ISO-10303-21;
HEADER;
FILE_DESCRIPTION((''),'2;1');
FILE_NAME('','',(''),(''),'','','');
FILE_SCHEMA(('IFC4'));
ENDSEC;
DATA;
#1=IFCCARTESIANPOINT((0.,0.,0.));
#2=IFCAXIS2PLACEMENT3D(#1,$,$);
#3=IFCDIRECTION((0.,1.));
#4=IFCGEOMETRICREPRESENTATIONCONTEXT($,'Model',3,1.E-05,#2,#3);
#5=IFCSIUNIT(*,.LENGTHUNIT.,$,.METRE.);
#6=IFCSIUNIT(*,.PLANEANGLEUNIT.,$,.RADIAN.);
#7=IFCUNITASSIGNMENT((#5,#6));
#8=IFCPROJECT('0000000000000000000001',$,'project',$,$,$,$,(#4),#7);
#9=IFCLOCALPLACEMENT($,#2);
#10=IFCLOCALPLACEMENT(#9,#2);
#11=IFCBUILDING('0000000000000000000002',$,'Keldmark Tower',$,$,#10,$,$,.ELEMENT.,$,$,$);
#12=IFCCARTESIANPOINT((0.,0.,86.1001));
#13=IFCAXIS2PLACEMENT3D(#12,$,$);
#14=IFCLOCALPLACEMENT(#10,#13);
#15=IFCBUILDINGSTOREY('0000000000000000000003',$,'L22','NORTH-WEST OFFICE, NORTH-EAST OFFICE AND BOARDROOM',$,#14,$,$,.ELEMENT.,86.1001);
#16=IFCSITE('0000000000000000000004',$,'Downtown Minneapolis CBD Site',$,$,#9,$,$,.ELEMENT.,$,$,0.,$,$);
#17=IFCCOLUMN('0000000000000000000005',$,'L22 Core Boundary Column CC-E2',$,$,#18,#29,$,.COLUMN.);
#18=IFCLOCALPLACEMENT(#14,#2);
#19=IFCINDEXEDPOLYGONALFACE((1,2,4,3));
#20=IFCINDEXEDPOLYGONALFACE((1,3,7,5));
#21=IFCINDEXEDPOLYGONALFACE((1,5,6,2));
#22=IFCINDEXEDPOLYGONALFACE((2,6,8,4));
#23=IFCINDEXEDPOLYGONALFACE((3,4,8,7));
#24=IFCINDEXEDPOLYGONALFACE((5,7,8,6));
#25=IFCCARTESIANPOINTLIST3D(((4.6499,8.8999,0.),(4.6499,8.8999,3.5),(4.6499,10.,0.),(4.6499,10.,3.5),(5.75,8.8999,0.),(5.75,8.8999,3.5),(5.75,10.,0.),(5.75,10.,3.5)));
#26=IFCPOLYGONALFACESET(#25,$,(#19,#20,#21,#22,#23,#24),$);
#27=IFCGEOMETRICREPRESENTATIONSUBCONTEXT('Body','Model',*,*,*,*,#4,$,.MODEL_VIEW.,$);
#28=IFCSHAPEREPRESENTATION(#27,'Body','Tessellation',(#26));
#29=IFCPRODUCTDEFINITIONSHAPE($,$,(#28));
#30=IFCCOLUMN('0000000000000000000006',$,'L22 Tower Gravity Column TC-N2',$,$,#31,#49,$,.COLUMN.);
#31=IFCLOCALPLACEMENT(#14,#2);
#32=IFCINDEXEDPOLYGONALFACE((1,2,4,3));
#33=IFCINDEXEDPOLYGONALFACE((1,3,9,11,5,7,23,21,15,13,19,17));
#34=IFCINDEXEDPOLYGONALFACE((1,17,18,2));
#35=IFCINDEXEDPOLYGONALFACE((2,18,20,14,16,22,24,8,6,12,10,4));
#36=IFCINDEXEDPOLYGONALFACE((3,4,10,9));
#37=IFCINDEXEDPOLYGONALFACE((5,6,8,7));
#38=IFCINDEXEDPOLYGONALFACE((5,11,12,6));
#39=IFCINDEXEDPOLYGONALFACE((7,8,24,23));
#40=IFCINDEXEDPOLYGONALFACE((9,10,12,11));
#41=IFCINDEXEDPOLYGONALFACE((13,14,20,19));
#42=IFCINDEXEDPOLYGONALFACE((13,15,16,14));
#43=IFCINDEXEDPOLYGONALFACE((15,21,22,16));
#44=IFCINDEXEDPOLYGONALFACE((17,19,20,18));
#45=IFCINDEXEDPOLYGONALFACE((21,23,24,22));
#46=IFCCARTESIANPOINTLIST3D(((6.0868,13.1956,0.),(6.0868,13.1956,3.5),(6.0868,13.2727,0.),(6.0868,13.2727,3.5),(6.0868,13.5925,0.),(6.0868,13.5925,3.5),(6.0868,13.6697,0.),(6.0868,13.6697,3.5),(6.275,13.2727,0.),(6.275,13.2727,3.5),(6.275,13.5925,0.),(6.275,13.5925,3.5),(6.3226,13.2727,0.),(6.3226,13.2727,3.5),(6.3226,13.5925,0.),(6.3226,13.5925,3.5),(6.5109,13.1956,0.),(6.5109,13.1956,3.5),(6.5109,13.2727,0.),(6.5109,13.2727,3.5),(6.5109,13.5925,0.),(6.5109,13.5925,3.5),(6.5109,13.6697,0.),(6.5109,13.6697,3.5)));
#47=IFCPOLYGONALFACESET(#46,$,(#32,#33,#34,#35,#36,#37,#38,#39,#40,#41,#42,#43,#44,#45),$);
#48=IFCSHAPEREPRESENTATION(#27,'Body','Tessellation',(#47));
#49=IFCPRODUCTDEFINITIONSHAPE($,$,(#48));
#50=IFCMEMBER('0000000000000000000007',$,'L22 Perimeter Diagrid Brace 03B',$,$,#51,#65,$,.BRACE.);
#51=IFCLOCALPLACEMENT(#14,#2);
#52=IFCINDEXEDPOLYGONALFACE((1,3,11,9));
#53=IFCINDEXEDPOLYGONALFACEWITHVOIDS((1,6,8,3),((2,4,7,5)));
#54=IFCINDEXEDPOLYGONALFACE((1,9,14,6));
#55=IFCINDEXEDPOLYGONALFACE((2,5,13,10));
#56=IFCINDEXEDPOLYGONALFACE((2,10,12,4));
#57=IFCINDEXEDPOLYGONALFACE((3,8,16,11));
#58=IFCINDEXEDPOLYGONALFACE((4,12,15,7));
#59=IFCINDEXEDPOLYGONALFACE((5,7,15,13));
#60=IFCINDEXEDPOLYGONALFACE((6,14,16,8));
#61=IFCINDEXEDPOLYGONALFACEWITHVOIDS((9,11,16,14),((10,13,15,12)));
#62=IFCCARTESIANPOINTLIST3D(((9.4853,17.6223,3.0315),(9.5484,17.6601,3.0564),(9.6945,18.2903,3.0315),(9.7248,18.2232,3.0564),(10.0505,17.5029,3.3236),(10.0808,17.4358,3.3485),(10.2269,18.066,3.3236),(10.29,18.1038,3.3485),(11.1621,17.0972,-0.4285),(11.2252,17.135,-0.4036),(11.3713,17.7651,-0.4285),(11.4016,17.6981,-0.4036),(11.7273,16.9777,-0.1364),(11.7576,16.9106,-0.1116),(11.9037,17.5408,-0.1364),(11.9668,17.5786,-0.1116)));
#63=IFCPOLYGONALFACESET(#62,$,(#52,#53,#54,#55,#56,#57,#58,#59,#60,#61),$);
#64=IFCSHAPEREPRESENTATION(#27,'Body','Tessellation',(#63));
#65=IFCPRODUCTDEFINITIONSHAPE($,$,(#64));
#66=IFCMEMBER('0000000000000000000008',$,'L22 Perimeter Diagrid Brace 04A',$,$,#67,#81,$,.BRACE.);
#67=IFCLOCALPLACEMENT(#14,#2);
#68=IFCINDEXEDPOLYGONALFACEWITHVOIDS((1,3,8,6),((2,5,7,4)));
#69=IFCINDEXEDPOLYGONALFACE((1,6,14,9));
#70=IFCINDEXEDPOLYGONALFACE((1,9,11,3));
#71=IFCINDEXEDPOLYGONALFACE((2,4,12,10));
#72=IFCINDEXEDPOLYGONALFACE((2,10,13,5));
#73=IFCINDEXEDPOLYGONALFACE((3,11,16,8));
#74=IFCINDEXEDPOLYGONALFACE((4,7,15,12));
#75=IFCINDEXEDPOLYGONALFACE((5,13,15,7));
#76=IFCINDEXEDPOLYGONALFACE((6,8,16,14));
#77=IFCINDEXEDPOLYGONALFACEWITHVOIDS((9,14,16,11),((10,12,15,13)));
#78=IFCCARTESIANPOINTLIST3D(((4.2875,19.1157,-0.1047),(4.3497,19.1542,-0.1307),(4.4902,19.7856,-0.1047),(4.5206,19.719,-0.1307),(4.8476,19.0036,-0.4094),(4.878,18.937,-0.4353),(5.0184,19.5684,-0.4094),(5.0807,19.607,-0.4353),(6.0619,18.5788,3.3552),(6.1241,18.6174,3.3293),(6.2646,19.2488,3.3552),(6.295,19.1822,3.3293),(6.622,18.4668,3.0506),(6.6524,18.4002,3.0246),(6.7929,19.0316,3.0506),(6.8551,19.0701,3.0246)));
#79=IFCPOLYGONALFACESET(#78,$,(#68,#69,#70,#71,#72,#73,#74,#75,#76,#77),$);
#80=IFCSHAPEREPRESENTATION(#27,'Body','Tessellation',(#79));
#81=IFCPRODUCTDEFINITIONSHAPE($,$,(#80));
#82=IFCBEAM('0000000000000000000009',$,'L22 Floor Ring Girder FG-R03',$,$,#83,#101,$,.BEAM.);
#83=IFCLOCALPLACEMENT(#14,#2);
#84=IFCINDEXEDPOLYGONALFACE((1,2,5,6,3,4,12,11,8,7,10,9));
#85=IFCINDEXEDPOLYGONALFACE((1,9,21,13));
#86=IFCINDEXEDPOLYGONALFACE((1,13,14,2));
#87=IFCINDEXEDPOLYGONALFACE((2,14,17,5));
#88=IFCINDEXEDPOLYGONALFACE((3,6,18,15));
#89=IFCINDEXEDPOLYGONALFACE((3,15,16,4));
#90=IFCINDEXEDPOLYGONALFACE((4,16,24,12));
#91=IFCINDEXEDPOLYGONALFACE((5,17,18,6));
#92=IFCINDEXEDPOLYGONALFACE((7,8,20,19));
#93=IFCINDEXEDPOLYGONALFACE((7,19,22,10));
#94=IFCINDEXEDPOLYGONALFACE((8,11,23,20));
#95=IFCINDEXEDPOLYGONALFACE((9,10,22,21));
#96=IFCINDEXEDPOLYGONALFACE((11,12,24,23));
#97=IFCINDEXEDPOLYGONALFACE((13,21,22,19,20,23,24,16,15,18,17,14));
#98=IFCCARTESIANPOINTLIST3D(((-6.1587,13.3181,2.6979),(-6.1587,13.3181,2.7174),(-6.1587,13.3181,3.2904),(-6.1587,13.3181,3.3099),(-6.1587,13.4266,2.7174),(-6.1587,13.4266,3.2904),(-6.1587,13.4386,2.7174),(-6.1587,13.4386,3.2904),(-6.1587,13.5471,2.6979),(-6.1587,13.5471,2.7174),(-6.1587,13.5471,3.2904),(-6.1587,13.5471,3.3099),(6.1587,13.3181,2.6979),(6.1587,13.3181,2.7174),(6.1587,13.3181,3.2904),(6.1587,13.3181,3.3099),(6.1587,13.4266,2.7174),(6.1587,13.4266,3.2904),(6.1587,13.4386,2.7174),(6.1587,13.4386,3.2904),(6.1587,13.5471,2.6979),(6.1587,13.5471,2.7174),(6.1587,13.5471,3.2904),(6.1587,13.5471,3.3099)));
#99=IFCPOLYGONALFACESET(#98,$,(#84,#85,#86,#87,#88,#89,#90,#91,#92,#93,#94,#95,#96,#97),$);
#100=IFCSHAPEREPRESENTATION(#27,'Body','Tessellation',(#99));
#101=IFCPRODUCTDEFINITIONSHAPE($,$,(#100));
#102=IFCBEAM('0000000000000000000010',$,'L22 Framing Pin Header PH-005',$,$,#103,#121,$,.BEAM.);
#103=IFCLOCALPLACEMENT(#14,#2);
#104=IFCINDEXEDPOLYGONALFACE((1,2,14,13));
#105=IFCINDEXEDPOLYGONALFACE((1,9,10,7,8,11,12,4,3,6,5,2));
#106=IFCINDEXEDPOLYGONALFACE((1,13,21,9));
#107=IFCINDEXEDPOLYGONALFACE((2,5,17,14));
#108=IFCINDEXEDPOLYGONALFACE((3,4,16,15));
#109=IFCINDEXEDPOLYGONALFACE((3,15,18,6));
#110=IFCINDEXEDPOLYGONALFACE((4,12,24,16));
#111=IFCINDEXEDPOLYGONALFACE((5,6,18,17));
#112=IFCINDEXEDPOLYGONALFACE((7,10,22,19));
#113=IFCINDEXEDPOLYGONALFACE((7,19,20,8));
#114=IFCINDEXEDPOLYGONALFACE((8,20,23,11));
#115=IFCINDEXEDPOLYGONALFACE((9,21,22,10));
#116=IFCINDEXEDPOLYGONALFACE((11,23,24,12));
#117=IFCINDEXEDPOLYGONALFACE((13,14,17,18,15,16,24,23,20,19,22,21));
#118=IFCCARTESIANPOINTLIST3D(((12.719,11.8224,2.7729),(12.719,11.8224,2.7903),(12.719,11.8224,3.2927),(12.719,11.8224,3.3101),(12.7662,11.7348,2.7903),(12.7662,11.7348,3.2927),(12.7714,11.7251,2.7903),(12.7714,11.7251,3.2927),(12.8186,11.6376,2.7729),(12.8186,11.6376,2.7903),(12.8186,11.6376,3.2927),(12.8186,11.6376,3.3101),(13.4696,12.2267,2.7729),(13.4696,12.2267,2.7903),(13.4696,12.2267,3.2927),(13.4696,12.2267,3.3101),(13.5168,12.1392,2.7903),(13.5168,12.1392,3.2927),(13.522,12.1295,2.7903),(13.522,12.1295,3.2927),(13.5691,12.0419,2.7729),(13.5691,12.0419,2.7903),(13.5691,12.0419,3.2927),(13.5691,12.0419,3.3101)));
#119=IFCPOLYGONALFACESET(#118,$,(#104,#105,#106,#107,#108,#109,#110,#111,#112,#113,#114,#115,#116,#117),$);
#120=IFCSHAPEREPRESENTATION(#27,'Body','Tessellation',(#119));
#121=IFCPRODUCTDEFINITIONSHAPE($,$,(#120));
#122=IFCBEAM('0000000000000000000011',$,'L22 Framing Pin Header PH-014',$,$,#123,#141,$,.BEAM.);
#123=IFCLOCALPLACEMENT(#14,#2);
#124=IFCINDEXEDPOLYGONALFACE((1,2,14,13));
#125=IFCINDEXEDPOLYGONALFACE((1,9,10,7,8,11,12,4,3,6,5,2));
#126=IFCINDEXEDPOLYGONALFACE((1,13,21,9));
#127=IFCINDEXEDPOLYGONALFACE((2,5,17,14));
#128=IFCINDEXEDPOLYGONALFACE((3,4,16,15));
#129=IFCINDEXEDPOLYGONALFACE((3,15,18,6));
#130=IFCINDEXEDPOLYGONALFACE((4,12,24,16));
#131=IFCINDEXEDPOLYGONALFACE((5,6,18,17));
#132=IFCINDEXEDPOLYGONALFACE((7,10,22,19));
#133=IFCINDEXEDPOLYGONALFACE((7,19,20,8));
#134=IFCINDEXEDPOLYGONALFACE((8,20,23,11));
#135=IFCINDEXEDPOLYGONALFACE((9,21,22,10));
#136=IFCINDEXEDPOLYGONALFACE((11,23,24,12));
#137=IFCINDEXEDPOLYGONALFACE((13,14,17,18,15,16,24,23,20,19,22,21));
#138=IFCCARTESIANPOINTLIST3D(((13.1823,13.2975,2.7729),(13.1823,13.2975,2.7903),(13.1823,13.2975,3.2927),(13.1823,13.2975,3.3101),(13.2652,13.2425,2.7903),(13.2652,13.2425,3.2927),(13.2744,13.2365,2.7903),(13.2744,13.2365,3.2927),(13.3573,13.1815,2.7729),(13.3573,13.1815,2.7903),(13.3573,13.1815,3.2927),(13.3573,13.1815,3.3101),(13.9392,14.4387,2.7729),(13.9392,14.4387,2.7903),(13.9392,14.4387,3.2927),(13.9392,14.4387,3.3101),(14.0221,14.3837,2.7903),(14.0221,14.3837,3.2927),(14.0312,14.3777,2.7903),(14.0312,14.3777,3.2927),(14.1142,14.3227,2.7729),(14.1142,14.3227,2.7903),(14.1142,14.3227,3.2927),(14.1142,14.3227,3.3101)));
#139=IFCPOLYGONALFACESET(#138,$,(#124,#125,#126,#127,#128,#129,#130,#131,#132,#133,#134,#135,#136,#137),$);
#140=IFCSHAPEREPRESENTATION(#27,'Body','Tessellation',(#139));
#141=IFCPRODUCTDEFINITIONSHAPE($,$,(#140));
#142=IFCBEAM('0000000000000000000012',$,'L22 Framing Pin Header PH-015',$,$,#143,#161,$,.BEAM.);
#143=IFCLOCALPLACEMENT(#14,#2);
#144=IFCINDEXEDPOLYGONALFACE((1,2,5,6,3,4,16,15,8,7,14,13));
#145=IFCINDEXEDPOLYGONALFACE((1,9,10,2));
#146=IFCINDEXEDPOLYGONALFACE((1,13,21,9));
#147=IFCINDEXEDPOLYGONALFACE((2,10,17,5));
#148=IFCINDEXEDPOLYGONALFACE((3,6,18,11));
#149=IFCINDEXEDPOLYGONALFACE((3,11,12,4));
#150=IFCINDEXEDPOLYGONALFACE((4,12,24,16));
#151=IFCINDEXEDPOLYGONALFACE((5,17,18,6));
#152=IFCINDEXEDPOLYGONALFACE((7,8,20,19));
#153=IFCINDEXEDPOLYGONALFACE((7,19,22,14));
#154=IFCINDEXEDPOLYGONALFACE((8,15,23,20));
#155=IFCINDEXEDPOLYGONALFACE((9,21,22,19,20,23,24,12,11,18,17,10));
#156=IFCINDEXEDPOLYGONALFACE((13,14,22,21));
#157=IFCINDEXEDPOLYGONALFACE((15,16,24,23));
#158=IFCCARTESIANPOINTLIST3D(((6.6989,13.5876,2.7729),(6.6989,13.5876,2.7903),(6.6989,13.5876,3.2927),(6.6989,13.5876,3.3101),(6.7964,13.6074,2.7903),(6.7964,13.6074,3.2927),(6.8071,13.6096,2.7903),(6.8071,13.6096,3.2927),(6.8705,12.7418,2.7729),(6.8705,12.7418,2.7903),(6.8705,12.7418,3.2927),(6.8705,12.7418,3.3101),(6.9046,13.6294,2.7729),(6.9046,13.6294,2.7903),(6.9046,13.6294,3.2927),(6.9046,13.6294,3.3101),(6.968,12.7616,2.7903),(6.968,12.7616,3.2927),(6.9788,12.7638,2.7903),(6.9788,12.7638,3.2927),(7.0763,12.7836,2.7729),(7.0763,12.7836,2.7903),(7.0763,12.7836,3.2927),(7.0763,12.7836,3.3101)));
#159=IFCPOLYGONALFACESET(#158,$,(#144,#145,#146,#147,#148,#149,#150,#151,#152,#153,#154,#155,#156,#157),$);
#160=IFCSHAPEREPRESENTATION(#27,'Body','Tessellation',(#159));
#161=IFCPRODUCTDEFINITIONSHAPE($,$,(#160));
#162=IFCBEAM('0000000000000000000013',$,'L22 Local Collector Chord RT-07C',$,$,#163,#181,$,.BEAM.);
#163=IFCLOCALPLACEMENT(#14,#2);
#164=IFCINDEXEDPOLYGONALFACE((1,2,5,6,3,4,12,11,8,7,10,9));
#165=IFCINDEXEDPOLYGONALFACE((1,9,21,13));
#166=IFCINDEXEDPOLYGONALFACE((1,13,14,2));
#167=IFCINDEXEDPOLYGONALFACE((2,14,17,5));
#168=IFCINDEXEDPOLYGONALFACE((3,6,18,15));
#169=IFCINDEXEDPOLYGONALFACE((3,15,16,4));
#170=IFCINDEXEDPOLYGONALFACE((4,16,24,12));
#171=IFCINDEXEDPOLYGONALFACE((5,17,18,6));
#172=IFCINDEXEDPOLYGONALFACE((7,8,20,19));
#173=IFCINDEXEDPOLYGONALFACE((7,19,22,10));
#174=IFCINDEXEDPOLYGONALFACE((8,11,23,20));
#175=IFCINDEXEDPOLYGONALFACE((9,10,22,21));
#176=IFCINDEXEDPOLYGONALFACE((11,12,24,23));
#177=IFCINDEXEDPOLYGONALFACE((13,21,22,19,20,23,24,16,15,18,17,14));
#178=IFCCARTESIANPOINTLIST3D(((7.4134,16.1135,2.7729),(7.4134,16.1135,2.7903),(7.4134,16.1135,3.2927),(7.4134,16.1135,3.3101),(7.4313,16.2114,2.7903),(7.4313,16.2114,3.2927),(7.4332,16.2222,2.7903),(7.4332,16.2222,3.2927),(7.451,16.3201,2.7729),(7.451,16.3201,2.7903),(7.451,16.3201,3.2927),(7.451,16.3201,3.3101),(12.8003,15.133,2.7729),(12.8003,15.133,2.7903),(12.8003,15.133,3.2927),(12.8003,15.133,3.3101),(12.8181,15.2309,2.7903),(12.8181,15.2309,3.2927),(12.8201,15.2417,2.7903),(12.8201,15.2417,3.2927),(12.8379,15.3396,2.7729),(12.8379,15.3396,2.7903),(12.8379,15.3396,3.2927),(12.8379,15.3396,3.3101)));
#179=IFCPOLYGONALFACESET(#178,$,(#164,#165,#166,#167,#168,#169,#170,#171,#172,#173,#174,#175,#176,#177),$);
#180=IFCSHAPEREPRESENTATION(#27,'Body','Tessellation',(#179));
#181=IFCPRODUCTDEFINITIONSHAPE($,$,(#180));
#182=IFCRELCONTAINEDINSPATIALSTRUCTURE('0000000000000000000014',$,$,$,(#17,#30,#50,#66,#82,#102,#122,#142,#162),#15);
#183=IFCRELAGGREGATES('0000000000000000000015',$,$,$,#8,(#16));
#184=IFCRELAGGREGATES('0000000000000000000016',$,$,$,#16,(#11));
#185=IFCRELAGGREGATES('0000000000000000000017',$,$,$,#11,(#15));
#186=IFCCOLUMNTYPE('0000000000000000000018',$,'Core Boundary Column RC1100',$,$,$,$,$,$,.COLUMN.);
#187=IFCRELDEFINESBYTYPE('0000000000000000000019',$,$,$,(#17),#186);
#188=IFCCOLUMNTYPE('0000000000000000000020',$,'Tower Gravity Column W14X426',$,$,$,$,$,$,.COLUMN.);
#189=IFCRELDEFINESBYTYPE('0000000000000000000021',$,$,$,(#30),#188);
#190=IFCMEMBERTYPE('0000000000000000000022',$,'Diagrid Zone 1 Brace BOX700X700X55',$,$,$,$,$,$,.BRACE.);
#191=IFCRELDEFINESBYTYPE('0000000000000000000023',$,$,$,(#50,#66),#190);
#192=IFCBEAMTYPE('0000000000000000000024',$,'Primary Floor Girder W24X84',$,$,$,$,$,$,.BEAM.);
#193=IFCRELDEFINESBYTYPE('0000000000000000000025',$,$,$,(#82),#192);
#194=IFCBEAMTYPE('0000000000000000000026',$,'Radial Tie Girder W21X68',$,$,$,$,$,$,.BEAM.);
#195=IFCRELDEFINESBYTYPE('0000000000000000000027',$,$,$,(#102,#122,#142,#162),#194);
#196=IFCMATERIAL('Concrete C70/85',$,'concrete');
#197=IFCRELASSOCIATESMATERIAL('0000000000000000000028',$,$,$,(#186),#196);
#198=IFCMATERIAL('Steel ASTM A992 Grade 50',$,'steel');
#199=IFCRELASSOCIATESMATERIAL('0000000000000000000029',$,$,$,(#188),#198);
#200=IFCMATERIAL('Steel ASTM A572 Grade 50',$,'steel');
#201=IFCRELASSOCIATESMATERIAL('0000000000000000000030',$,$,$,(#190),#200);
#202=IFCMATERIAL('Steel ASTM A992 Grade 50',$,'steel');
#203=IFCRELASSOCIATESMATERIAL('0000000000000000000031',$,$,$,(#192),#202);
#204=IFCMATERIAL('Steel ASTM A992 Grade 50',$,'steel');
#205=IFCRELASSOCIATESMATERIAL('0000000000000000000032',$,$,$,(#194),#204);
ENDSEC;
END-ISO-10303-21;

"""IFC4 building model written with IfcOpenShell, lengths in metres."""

from ifc_helpers import new_model, si_unit, direction, frame, origin, origin_2d, place, context, subcontext, project, spatial, rectangle, hollow_rectangle, i_section, extrude, material, material_profile, profile_set, type_object, element, save


model = new_model("IFC4")

# Units and contexts
model_context = context("Model", 3, precision=1e-05, world=origin(), true_north=direction((0.0, 1.0)))
body_context = subcontext(model_context, "Body", "Model", "MODEL_VIEW")
ifc_project = project(units=[si_unit("LENGTHUNIT", "METRE"), si_unit("PLANEANGLEUNIT", "RADIAN")], contexts=[model_context])

# Site, building, storey
site_placement = place(None, origin())
site = spatial("IfcSite", under=ifc_project, at=site_placement, Name="Downtown Minneapolis CBD Site", CompositionType="ELEMENT", RefElevation=0.0)
building_placement = place(site_placement, origin())
building = spatial("IfcBuilding", under=site, at=building_placement, Name="Keldmark Tower", CompositionType="ELEMENT")
storey_placement = place(building_placement, frame((0.0, 0.0, 86.1001)))
storey = spatial("IfcBuildingStorey", under=building, at=storey_placement, Name="L22", Description="NORTH-WEST OFFICE, NORTH-EAST OFFICE AND BOARDROOM", CompositionType="ELEMENT", Elevation=86.1001)

# Columns
ifc_material_1 = material(Name="Concrete C70/85", Category="concrete")
ifc_material_profile_1 = material_profile(ifc_material_1, rectangle(XDim=1.1001, YDim=1.1001, at=origin_2d()), Name="RC1100X1100")
ifc_profile_set_1 = profile_set([ifc_material_profile_1], Name="Concrete C70/85")
column_type_1 = type_object("IfcColumnType", Name="Core Boundary Column RC1100", PredefinedType="COLUMN", material=ifc_profile_set_1)
column_1_placement = place(storey_placement, frame((5.2, 9.45, 0.0), z_axis=(0.0, 0.0, 1.0), x_axis=(1.0, 0.0, 0.0)))
element("IfcColumn", 1, at=column_1_placement, inside=storey, type_object=column_type_1, Name="L22 Core Boundary Column CC-E2", PredefinedType="COLUMN", context=body_context, shape_type="SweptSolid", body=[
    extrude(rectangle(XDim=1.1001, YDim=1.1001, at=origin_2d()), origin(), (0.0, 0.0, 1.0), 3.5),
])
ifc_material_2 = material(Name="Steel ASTM A992 Grade 50", Category="steel")
ifc_material_profile_2 = material_profile(ifc_material_2, i_section(OverallWidth=0.4241, OverallDepth=0.4741, WebThickness=0.0476, FlangeThickness=0.0771, at=origin_2d()), Name="W14X426")
ifc_profile_set_2 = profile_set([ifc_material_profile_2], Name="Steel ASTM A992 Grade 50")
column_type_2 = type_object("IfcColumnType", Name="Tower Gravity Column W14X426", PredefinedType="COLUMN", material=ifc_profile_set_2)
column_2_placement = place(storey_placement, frame((6.2988, 13.4326, 0.0), z_axis=(0.0, 0.0, 1.0), x_axis=(1.0, 0.0, 0.0)))
element("IfcColumn", 2, at=column_2_placement, inside=storey, type_object=column_type_2, Name="L22 Tower Gravity Column TC-N2", PredefinedType="COLUMN", context=body_context, shape_type="SweptSolid", body=[
    extrude(i_section(OverallWidth=0.4241, OverallDepth=0.4741, WebThickness=0.0476, FlangeThickness=0.0771, at=origin_2d()), origin(), (0.0, 0.0, 1.0), 3.5),
])

# Members
ifc_material_3 = material(Name="Steel ASTM A572 Grade 50", Category="steel")
ifc_material_profile_3 = material_profile(ifc_material_3, hollow_rectangle(XDim=0.7, YDim=0.7, WallThickness=0.0549, at=origin_2d()), Name="BOX700X700X55")
ifc_profile_set_3 = profile_set([ifc_material_profile_3], Name="Steel ASTM A572 Grade 50")
member_type = type_object("IfcMemberType", Name="Diagrid Zone 1 Brace BOX700X700X55", PredefinedType="BRACE", material=ifc_profile_set_3)
member_1_placement = place(storey_placement, frame((11.5645, 17.3379, -0.27), z_axis=(-0.432093, 0.135328, 0.891617), x_axis=(-0.298876, -0.954292, 0.0)))
element("IfcMember", 3, at=member_1_placement, inside=storey, type_object=member_type, Name="L22 Perimeter Diagrid Brace 03B", PredefinedType="BRACE", context=body_context, shape_type="SweptSolid", body=[
    extrude(hollow_rectangle(XDim=0.7, YDim=0.7, WallThickness=0.0549, at=origin_2d()), origin(), (0.0, 0.0, 1.0), 3.8806),
])
member_2_placement = place(storey_placement, frame((4.6841, 19.3613, -0.27), z_axis=(0.452044, -0.13677, 0.881448), x_axis=(0.289594, 0.957149, 0.0)))
element("IfcMember", 4, at=member_2_placement, inside=storey, type_object=member_type, Name="L22 Perimeter Diagrid Brace 04A", PredefinedType="BRACE", context=body_context, shape_type="SweptSolid", body=[
    extrude(hollow_rectangle(XDim=0.7, YDim=0.7, WallThickness=0.0549, at=origin_2d()), origin(), (0.0, 0.0, 1.0), 3.9253),
])

# Beams
ifc_material_4 = material(Name="Steel ASTM A992 Grade 50", Category="steel")
ifc_material_profile_4 = material_profile(ifc_material_4, i_section(OverallWidth=0.229, OverallDepth=0.6121, WebThickness=0.012, FlangeThickness=0.0195, at=origin_2d()), Name="W24X84")
ifc_profile_set_4 = profile_set([ifc_material_profile_4], Name="Steel ASTM A992 Grade 50")
beam_type_1 = type_object("IfcBeamType", Name="Primary Floor Girder W24X84", PredefinedType="BEAM", material=ifc_profile_set_4)
beam_1_placement = place(storey_placement, frame((6.1587, 13.4326, 3.0039), z_axis=(-1.0, 0.0, 0.0), x_axis=(0.0, -1.0, 0.0)))
element("IfcBeam", 5, at=beam_1_placement, inside=storey, type_object=beam_type_1, Name="L22 Floor Ring Girder FG-R03", PredefinedType="BEAM", context=body_context, shape_type="SweptSolid", body=[
    extrude(i_section(OverallWidth=0.229, OverallDepth=0.6121, WebThickness=0.012, FlangeThickness=0.0195, at=origin_2d()), origin(), (0.0, 0.0, 1.0), 12.3174),
])
ifc_material_5 = material(Name="Steel ASTM A992 Grade 50", Category="steel")
ifc_material_profile_5 = material_profile(ifc_material_5, i_section(OverallWidth=0.21, OverallDepth=0.5371, WebThickness=0.011, FlangeThickness=0.0173, at=origin_2d()), Name="W21X68")
ifc_profile_set_5 = profile_set([ifc_material_profile_5], Name="Steel ASTM A992 Grade 50")
beam_type_2 = type_object("IfcBeamType", Name="Radial Tie Girder W21X68", PredefinedType="BEAM", material=ifc_profile_set_5)
beam_2_placement = place(storey_placement, frame((12.7688, 11.73, 3.0415), z_axis=(0.880379, 0.474271, 0.0), x_axis=(-0.474271, 0.880379, 0.0)))
element("IfcBeam", 6, at=beam_2_placement, inside=storey, type_object=beam_type_2, Name="L22 Framing Pin Header PH-005", PredefinedType="BEAM", context=body_context, shape_type="SweptSolid", body=[
    extrude(i_section(OverallWidth=0.21, OverallDepth=0.5371, WebThickness=0.011, FlangeThickness=0.0173, at=origin_2d()), origin(), (0.0, 0.0, 1.0), 0.8525),
])
beam_3_placement = place(storey_placement, frame((13.2698, 13.2395, 3.0415), z_axis=(0.552724, 0.833365, 0.0), x_axis=(-0.833365, 0.552724, 0.0)))
element("IfcBeam", 7, at=beam_3_placement, inside=storey, type_object=beam_type_2, Name="L22 Framing Pin Header PH-014", PredefinedType="BEAM", context=body_context, shape_type="SweptSolid", body=[
    extrude(i_section(OverallWidth=0.21, OverallDepth=0.5371, WebThickness=0.011, FlangeThickness=0.0173, at=origin_2d()), origin(), (0.0, 0.0, 1.0), 1.3694),
])
beam_4_placement = place(storey_placement, frame((6.9734, 12.7627, 3.0415), z_axis=(-0.19889, 0.980022, 0.0), x_axis=(-0.980022, -0.19889, 0.0)))
element("IfcBeam", 8, at=beam_4_placement, inside=storey, type_object=beam_type_2, Name="L22 Framing Pin Header PH-015", PredefinedType="BEAM", context=body_context, shape_type="SweptSolid", body=[
    extrude(i_section(OverallWidth=0.21, OverallDepth=0.5371, WebThickness=0.011, FlangeThickness=0.0173, at=origin_2d()), origin(), (0.0, 0.0, 1.0), 0.863),
])
beam_5_placement = place(storey_placement, frame((12.8191, 15.2363, 3.0415), z_axis=(-0.983837, 0.179066, 0.0), x_axis=(-0.179066, -0.983837, 0.0)))
element("IfcBeam", 9, at=beam_5_placement, inside=storey, type_object=beam_type_2, Name="L22 Local Collector Chord RT-07C", PredefinedType="BEAM", context=body_context, shape_type="SweptSolid", body=[
    extrude(i_section(OverallWidth=0.21, OverallDepth=0.5371, WebThickness=0.011, FlangeThickness=0.0173, at=origin_2d()), origin(), (0.0, 0.0, 1.0), 5.4753),
])

save(model, "model.ifc")
